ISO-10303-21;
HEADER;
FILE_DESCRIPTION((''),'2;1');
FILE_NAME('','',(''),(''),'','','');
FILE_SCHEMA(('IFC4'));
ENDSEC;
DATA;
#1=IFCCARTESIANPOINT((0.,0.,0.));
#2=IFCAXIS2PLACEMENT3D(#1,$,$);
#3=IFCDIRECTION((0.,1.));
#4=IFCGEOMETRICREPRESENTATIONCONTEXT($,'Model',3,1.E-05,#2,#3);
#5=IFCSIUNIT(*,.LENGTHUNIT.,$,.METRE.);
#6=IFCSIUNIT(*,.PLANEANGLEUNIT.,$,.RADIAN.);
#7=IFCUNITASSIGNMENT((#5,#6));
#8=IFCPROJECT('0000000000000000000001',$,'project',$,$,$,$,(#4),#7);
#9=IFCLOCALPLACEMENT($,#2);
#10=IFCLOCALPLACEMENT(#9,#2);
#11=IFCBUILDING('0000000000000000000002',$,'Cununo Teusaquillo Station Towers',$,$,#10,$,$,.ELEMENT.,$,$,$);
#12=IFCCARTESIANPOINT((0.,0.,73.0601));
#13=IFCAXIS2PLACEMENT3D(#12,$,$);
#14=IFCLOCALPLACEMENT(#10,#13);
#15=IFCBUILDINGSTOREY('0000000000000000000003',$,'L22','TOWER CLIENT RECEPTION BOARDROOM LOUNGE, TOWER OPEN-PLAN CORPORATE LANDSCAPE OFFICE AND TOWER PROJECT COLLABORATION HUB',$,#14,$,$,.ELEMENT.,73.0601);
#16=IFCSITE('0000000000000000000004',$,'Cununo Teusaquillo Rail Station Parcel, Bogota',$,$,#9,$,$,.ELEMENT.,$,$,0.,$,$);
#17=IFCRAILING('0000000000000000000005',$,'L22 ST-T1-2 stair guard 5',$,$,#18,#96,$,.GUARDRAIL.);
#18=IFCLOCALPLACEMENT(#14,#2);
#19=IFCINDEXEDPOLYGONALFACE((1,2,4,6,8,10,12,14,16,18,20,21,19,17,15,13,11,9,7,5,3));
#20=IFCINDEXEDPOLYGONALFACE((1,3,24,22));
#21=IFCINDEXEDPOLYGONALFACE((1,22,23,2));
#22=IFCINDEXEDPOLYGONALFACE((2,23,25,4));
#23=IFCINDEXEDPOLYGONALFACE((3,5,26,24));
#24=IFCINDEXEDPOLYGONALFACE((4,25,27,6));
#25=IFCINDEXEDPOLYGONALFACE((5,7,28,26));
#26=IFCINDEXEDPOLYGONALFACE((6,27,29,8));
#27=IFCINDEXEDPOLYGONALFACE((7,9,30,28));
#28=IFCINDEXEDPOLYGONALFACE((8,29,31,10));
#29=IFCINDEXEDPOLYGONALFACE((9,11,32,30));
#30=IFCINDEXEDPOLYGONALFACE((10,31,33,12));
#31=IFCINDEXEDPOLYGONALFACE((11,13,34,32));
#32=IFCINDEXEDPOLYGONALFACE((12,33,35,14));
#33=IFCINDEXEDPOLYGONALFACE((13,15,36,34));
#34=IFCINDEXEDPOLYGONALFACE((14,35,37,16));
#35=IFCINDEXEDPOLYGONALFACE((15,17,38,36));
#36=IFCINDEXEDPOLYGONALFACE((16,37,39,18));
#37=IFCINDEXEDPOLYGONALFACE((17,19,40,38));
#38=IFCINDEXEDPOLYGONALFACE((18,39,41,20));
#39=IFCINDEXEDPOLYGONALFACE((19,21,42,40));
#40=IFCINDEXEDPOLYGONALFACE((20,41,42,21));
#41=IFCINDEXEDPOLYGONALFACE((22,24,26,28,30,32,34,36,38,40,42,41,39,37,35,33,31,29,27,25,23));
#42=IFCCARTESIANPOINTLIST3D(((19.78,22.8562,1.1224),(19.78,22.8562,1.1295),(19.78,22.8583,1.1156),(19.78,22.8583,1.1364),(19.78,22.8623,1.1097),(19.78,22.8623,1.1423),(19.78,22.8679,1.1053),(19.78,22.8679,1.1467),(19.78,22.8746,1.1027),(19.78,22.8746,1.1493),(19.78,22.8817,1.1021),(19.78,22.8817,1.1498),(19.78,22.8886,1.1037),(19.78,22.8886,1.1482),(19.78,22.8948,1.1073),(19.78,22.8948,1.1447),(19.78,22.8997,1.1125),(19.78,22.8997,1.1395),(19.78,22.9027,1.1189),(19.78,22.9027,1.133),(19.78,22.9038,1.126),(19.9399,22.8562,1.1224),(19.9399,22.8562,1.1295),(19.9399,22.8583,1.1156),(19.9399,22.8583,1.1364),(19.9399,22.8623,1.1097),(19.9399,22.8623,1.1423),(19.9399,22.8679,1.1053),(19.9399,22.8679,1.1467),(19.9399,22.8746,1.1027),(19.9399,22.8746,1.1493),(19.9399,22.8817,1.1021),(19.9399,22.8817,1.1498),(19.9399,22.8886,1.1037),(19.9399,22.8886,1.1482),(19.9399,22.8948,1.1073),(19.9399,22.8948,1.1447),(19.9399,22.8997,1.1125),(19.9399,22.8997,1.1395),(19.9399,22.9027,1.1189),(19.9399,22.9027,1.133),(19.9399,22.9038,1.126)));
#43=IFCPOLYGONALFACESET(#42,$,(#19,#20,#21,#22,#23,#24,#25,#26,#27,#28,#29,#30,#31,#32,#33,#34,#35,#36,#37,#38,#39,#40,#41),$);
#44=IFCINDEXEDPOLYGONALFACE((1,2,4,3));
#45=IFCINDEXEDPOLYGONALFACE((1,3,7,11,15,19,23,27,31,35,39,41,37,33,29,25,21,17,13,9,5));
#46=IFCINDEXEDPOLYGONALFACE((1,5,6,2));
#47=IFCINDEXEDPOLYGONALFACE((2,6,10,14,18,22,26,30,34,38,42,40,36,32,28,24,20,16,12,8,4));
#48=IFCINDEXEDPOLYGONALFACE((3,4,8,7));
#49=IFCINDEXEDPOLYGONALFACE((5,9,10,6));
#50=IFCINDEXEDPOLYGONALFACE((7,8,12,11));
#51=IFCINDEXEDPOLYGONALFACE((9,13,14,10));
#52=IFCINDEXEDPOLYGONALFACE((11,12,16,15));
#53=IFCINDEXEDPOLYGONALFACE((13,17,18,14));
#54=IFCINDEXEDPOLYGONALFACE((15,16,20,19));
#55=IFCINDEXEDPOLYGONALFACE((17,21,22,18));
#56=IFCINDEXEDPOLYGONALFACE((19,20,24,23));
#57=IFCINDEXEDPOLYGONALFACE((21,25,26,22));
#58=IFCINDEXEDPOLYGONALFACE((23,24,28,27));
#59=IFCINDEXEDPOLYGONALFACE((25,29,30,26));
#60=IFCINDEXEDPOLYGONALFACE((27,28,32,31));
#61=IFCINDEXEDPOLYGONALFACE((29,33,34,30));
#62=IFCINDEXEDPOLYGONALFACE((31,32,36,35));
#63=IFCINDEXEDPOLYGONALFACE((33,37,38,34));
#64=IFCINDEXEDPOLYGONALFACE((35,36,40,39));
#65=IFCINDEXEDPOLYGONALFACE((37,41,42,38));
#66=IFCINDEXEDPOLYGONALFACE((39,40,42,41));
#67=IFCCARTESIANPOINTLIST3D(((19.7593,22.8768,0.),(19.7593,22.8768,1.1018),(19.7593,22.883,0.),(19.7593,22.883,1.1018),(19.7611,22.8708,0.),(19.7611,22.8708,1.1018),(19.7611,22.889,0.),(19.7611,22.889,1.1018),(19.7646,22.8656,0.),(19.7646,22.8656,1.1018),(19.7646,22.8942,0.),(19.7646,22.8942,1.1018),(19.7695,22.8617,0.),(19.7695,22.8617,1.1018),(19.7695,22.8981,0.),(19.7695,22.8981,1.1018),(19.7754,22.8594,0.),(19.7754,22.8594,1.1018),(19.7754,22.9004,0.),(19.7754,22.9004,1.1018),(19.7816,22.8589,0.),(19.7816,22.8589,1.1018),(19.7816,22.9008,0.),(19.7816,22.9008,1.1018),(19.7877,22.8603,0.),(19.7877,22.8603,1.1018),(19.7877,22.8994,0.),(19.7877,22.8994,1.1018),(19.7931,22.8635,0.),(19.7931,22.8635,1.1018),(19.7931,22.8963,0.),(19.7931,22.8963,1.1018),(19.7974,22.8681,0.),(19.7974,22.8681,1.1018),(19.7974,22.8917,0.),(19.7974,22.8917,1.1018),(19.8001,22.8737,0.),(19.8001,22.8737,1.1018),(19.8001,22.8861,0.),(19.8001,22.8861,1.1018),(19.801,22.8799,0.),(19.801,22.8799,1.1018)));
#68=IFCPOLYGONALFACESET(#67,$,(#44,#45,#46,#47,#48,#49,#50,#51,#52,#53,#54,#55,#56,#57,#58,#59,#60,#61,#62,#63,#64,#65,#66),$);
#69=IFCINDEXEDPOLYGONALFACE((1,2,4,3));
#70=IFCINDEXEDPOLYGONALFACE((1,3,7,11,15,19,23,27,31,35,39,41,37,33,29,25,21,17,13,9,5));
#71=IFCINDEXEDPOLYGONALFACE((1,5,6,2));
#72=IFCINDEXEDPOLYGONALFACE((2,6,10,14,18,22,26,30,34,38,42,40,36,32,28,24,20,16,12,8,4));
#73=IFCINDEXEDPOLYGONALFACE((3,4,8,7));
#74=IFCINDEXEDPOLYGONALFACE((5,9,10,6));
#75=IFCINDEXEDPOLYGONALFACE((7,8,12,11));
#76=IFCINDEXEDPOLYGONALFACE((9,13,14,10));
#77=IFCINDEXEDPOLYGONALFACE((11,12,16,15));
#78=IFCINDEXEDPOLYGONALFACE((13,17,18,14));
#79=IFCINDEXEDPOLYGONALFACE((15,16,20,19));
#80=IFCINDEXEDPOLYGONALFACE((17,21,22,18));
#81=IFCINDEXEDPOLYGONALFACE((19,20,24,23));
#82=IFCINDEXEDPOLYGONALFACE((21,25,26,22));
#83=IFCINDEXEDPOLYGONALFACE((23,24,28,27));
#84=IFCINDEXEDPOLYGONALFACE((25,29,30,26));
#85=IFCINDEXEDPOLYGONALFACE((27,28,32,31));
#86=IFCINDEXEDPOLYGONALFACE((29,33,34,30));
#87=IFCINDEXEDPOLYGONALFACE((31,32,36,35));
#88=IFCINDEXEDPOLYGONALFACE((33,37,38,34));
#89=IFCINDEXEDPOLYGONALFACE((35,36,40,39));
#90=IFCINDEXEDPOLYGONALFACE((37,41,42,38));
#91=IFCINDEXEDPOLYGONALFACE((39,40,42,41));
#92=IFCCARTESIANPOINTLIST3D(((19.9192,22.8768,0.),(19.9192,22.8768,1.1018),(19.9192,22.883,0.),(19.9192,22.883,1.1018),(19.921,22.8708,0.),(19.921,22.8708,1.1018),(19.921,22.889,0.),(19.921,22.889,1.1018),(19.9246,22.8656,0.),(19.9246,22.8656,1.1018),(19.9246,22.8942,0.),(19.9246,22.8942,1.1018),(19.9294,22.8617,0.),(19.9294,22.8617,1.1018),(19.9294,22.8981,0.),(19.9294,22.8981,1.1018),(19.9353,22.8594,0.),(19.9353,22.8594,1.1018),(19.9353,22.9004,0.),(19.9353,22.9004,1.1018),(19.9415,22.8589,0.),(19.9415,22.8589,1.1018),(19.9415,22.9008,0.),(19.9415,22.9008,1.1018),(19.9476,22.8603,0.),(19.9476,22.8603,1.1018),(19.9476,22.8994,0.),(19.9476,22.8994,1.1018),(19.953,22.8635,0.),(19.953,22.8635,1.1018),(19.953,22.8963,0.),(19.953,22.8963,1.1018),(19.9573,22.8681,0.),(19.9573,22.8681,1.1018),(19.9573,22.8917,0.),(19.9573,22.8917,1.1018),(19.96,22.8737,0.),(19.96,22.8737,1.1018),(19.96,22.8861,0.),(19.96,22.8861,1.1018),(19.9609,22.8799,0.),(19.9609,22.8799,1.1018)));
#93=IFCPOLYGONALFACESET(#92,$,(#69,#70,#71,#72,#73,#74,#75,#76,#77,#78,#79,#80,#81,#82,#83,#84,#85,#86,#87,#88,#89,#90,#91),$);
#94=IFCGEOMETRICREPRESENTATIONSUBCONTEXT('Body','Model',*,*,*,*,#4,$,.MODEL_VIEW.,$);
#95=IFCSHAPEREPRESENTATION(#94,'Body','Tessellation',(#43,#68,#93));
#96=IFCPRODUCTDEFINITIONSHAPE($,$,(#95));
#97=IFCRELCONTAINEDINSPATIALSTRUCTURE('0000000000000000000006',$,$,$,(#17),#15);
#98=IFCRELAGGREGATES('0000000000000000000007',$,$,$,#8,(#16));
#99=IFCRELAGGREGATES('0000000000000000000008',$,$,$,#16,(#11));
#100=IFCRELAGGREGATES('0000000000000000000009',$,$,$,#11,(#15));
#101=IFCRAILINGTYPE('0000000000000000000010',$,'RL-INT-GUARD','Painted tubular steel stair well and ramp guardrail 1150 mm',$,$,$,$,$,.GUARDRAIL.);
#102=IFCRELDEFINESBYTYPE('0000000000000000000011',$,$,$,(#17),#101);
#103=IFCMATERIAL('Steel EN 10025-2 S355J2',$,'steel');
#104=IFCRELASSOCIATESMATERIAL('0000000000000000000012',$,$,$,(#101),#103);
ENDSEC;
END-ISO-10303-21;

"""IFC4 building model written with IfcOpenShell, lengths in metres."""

from ifc_helpers import new_model, si_unit, direction, frame, origin, origin_2d, place, context, subcontext, project, spatial, circle, extrude, material, type_object, element, save


model = new_model("IFC4")

# Units and contexts
model_context = context("Model", 3, precision=1e-05, world=origin(), true_north=direction((0.0, 1.0)))
body_context = subcontext(model_context, "Body", "Model", "MODEL_VIEW")
ifc_project = project(units=[si_unit("LENGTHUNIT", "METRE"), si_unit("PLANEANGLEUNIT", "RADIAN")], contexts=[model_context])

# Site, building, storey
site_placement = place(None, origin())
site = spatial("IfcSite", under=ifc_project, at=site_placement, Name="Cununo Teusaquillo Rail Station Parcel, Bogota", CompositionType="ELEMENT", RefElevation=0.0)
building_placement = place(site_placement, origin())
building = spatial("IfcBuilding", under=site, at=building_placement, Name="Cununo Teusaquillo Station Towers", CompositionType="ELEMENT")
storey_placement = place(building_placement, frame((0.0, 0.0, 73.0601)))
storey = spatial("IfcBuildingStorey", under=building, at=storey_placement, Name="L22", Description="TOWER CLIENT RECEPTION BOARDROOM LOUNGE, TOWER OPEN-PLAN CORPORATE LANDSCAPE OFFICE AND TOWER PROJECT COLLABORATION HUB", CompositionType="ELEMENT", Elevation=73.0601)

# Railing
ifc_material_1 = material(Name="Steel EN 10025-2 S355J2", Category="steel")
railing_type_1 = type_object("IfcRailingType", Name="RL-INT-GUARD", Description="Painted tubular steel stair well and ramp guardrail 1150 mm", PredefinedType="GUARDRAIL", material=ifc_material_1)
railing_1_placement = place(storey_placement, frame((19.78, 22.8799, 0.0)))
element("IfcRailing", 1, at=railing_1_placement, inside=storey, type_object=railing_type_1, Name="L22 ST-T1-2 stair guard 5", PredefinedType="GUARDRAIL", context=body_context, shape_type="SweptSolid", body=[
    extrude(circle(Radius=0.0239, at=origin_2d()), frame((0.0, 0.0, 1.126), z_axis=(1.0, 0.0, 0.0), x_axis=(0.0, 1.0, 0.0)), (0.0, 0.0, 1.0), 0.1599),
    extrude(circle(Radius=0.021, at=origin_2d()), origin(), (0.0, 0.0, 1.0), 1.1018),
    extrude(circle(Radius=0.021, at=origin_2d()), frame((0.1599, 0.0, 0.0)), (0.0, 0.0, 1.0), 1.1018),
])

save(model, "model.ifc")
